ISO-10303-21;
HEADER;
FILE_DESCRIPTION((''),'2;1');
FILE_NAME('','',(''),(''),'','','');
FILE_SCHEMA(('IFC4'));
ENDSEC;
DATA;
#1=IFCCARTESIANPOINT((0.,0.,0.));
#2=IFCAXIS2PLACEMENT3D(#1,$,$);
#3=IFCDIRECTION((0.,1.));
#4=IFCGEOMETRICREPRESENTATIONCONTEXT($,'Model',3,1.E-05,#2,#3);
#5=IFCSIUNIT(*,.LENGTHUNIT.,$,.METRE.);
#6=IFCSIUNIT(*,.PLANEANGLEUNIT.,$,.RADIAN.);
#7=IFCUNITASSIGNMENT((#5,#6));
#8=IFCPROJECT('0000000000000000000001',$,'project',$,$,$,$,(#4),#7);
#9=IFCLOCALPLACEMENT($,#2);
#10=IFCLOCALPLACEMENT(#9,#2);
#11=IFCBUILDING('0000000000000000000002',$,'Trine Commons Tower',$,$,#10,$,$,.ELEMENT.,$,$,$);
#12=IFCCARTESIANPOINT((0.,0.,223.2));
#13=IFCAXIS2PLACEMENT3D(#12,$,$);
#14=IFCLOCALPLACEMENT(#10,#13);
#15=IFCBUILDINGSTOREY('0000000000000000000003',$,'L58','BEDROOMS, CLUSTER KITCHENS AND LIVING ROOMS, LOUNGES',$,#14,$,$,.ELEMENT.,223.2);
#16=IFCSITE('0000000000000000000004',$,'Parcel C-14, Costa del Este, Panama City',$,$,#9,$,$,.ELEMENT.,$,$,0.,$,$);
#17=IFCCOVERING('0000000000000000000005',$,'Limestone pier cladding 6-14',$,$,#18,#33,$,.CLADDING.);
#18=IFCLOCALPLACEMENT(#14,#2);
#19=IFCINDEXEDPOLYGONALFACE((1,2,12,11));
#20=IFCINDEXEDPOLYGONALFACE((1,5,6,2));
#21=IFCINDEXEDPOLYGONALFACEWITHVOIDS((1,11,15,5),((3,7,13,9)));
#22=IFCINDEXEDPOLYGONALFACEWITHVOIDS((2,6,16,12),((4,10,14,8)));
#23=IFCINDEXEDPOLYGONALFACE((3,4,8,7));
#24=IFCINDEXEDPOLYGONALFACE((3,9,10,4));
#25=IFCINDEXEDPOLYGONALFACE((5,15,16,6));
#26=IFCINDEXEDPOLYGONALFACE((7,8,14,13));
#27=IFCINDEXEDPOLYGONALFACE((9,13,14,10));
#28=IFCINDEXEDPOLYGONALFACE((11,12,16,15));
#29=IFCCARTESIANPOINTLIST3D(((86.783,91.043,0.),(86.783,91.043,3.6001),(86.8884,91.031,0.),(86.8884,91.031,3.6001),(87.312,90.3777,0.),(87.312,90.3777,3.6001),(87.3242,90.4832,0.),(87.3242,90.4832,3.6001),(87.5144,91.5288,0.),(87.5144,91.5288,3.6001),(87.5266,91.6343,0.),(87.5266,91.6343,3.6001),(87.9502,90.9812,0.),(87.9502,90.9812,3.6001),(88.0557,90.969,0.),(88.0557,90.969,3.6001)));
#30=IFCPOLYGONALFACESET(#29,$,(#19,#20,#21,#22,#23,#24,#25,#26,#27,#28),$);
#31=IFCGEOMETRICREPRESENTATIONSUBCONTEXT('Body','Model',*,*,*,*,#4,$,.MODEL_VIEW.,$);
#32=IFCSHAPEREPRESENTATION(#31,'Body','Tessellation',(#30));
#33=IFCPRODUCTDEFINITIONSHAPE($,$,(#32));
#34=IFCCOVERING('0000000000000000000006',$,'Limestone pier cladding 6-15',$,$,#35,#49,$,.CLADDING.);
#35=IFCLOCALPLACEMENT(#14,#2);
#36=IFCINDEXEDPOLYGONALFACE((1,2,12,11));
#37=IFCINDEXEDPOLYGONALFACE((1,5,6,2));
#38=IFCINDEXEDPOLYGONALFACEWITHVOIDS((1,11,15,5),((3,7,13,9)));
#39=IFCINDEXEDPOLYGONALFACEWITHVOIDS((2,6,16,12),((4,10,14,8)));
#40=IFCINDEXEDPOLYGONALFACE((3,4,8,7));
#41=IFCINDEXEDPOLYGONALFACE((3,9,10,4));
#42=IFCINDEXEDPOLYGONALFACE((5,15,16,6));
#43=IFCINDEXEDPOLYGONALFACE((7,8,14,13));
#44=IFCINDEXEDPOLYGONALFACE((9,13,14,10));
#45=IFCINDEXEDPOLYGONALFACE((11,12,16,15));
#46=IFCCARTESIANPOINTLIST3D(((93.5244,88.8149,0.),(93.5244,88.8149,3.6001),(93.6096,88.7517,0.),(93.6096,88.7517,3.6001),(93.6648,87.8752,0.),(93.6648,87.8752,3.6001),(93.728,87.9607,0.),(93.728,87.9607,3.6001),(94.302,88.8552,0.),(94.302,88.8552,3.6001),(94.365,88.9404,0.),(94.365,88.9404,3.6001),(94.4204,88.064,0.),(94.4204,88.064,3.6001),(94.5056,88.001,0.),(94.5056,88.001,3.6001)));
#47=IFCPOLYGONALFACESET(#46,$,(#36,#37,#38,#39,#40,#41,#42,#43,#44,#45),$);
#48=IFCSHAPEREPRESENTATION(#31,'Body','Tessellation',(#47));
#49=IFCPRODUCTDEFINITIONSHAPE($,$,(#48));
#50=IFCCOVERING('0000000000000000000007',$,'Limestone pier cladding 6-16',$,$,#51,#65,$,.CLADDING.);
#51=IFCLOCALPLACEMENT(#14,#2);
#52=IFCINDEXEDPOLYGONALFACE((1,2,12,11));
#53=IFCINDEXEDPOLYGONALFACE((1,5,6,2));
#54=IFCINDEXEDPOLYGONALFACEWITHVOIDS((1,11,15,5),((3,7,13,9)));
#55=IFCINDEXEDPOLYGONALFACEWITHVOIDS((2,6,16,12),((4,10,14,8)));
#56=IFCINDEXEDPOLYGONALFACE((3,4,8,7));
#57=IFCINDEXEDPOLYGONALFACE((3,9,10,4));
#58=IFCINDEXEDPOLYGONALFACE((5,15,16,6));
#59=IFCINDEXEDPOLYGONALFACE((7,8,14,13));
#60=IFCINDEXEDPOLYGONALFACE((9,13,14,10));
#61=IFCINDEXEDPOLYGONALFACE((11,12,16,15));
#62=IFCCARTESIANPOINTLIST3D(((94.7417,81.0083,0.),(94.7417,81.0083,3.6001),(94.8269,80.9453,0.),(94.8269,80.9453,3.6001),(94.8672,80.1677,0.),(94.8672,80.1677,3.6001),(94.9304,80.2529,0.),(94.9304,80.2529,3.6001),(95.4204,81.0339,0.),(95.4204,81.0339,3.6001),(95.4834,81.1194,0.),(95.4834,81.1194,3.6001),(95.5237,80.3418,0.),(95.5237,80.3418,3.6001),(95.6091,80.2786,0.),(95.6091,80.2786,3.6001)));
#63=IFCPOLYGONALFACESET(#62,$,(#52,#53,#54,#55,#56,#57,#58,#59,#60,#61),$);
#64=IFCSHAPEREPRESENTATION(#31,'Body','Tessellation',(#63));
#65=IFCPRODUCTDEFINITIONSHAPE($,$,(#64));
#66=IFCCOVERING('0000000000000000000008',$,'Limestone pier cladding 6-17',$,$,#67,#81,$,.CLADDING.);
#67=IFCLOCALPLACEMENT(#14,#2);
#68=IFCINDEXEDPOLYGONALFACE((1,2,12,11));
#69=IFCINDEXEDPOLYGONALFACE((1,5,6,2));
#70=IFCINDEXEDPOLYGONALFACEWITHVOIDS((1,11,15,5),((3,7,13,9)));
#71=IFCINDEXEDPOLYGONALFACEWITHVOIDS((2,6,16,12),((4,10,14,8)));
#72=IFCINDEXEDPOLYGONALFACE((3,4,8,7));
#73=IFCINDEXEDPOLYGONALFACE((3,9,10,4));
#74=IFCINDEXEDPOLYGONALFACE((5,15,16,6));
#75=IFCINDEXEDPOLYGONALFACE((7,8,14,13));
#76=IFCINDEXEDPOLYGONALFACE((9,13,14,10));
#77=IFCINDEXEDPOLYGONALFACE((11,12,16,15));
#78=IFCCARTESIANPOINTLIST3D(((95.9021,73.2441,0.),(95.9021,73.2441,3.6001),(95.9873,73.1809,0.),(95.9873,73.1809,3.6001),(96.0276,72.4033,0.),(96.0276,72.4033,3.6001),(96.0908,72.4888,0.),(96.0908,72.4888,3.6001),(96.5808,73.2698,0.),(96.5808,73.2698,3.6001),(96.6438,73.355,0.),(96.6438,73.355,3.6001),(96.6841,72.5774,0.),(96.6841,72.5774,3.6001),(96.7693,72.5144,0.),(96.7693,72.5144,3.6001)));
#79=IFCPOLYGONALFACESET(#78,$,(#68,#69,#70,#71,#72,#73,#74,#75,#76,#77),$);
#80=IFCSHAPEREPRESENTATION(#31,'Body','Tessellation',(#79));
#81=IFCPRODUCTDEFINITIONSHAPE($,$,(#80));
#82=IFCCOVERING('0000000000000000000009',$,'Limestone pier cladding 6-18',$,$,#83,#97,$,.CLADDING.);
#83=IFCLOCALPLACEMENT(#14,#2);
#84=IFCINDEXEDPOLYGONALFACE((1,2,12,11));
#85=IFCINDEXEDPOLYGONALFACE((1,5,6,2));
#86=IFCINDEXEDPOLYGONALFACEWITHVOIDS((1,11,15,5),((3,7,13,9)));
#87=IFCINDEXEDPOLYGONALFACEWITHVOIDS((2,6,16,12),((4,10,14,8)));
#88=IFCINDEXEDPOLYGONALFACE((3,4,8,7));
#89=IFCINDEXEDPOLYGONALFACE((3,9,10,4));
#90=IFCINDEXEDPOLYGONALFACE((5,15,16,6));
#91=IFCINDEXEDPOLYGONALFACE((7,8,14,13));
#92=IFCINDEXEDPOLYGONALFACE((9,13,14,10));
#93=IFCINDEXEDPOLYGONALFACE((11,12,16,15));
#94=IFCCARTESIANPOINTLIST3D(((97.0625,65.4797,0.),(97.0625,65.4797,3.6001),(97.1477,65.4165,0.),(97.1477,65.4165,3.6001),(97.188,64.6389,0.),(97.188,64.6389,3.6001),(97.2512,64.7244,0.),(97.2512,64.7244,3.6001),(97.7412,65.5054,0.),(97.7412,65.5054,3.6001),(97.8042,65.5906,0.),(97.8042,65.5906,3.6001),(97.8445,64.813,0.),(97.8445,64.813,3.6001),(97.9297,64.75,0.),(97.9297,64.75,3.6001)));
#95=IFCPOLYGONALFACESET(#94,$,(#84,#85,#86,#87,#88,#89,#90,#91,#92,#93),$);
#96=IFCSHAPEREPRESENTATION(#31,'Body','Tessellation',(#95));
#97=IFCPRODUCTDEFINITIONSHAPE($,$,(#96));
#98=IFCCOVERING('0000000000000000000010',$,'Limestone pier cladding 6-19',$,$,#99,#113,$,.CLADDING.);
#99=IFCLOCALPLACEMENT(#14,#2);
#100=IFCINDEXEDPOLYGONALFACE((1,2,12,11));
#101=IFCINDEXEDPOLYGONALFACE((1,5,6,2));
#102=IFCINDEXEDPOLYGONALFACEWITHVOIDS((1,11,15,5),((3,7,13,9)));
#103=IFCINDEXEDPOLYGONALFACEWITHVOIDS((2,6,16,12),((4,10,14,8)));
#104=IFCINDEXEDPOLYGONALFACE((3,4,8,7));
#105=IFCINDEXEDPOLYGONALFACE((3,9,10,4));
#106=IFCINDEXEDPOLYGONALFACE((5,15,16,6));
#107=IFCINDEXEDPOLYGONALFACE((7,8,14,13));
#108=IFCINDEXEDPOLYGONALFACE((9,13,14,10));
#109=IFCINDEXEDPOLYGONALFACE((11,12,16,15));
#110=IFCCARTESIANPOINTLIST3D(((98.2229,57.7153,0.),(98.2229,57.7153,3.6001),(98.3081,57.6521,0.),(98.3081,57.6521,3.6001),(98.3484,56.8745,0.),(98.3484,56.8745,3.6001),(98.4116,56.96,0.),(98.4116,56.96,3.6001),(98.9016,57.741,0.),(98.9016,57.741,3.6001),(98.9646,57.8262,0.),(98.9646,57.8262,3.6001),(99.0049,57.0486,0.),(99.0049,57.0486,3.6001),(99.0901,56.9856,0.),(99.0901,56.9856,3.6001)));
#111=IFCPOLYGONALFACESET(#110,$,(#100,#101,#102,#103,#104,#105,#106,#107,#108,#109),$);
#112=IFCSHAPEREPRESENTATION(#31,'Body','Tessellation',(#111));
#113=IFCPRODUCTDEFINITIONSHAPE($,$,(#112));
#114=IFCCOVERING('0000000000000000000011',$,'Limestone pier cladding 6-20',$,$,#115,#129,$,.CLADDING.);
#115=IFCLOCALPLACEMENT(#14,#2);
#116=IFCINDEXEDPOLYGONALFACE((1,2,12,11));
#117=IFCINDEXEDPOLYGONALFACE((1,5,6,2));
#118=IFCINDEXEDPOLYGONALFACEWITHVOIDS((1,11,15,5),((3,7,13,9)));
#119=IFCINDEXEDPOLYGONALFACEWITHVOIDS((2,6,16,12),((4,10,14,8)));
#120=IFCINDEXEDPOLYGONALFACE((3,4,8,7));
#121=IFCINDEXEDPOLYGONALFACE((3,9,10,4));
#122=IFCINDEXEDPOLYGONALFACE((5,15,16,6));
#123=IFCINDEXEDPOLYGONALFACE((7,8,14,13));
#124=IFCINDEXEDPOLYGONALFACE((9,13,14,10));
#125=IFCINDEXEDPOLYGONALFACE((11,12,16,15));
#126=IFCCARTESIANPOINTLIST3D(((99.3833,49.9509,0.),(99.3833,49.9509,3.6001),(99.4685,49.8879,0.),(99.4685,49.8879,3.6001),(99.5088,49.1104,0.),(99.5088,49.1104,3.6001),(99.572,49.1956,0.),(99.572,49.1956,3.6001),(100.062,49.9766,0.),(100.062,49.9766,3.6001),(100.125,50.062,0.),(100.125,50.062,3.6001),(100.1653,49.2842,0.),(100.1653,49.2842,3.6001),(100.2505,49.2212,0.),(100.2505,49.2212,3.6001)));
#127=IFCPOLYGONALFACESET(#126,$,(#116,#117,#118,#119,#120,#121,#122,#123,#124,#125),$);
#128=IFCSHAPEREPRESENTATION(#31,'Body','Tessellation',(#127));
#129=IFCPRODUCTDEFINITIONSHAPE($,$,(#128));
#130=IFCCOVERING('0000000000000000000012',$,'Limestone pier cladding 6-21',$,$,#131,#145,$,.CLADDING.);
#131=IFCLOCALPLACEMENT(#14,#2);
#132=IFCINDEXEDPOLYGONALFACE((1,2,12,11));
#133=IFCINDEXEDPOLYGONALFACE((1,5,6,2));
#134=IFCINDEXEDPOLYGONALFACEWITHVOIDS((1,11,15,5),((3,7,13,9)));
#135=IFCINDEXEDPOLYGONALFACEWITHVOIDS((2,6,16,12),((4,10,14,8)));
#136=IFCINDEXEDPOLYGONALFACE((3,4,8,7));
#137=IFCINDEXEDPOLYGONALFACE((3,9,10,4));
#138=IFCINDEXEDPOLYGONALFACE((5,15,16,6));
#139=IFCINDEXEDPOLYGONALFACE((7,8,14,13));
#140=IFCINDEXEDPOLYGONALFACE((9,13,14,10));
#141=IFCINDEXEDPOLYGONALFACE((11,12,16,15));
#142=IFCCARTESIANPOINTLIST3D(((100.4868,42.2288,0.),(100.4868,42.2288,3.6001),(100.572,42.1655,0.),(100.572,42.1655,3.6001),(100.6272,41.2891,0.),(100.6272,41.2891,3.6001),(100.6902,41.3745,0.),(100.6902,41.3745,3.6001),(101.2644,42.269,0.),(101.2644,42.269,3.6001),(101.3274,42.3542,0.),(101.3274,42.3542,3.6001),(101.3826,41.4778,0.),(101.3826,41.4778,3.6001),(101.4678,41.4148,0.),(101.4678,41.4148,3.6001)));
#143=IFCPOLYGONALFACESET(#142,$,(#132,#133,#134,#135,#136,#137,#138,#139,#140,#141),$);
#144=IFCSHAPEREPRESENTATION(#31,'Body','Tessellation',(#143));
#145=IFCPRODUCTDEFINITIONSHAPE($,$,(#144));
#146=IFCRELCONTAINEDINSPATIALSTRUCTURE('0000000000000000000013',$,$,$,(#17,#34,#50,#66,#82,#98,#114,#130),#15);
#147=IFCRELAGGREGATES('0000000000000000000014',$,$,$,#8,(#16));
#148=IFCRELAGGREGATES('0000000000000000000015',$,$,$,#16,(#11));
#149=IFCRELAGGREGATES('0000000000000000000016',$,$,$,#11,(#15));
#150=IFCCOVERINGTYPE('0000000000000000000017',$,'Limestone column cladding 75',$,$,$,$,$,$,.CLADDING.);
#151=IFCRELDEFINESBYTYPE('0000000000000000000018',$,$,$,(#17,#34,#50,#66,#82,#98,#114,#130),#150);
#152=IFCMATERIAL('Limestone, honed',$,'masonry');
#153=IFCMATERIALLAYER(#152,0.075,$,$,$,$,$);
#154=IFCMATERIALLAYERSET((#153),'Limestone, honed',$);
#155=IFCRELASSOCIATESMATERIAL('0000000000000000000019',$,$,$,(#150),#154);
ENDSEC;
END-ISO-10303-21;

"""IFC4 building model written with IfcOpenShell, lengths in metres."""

from ifc_helpers import new_model, si_unit, direction, frame, origin, place, context, subcontext, project, spatial, polyline, outline, extrude, material, layer, layer_set, type_object, element, save


model = new_model("IFC4")

# Units and contexts
model_context = context("Model", 3, precision=1e-05, world=origin(), true_north=direction((0.0, 1.0)))
body_context = subcontext(model_context, "Body", "Model", "MODEL_VIEW")
ifc_project = project(units=[si_unit("LENGTHUNIT", "METRE"), si_unit("PLANEANGLEUNIT", "RADIAN")], contexts=[model_context])

# Site, building, storey
site_placement = place(None, origin())
site = spatial("IfcSite", under=ifc_project, at=site_placement, Name="Parcel C-14, Costa del Este, Panama City", CompositionType="ELEMENT", RefElevation=0.0)
building_placement = place(site_placement, origin())
building = spatial("IfcBuilding", under=site, at=building_placement, Name="Trine Commons Tower", CompositionType="ELEMENT")
storey_placement = place(building_placement, frame((0.0, 0.0, 223.2)))
storey = spatial("IfcBuildingStorey", under=building, at=storey_placement, Name="L58", Description="BEDROOMS, CLUSTER KITCHENS AND LIVING ROOMS, LOUNGES", CompositionType="ELEMENT", Elevation=223.2)

# Coverings
ifc_material_1 = material(Name="Limestone, honed", Category="masonry")
ifc_layer_1 = layer(ifc_material_1, 0.075)
ifc_layer_set_1 = layer_set([ifc_layer_1], Name="Limestone, honed")
covering_type_1 = type_object("IfcCoveringType", Name="Limestone column cladding 75", PredefinedType="CLADDING", material=ifc_layer_set_1)
covering_1_placement = place(storey_placement, origin())
element("IfcCovering", 1, at=covering_1_placement, inside=storey, type_object=covering_type_1, Name="Limestone pier cladding 6-14", PredefinedType="CLADDING", context=body_context, shape_type="SweptSolid", body=[
    extrude(outline(polyline([(88.0557, 90.969), (87.5266, 91.6343), (86.783, 91.043), (87.312, 90.3777), (88.0557, 90.969)]), holes=[polyline([(87.9502, 90.9812), (87.5144, 91.5288), (86.8884, 91.031), (87.3242, 90.4832), (87.9502, 90.9812)])]), origin(), (0.0, 0.0, 1.0), 3.6001),
])
covering_2_placement = place(storey_placement, origin())
element("IfcCovering", 2, at=covering_2_placement, inside=storey, type_object=covering_type_1, Name="Limestone pier cladding 6-15", PredefinedType="CLADDING", context=body_context, shape_type="SweptSolid", body=[
    extrude(outline(polyline([(94.365, 88.9404), (93.5244, 88.8149), (93.6648, 87.8752), (94.5056, 88.001), (94.365, 88.9404)]), holes=[polyline([(94.302, 88.8552), (93.6096, 88.7517), (93.728, 87.9607), (94.4204, 88.064), (94.302, 88.8552)])]), origin(), (0.0, 0.0, 1.0), 3.6001),
])
covering_3_placement = place(storey_placement, origin())
element("IfcCovering", 3, at=covering_3_placement, inside=storey, type_object=covering_type_1, Name="Limestone pier cladding 6-16", PredefinedType="CLADDING", context=body_context, shape_type="SweptSolid", body=[
    extrude(outline(polyline([(95.4834, 81.1194), (94.7417, 81.0083), (94.8672, 80.1677), (95.6091, 80.2786), (95.4834, 81.1194)]), holes=[polyline([(95.4204, 81.0339), (94.8269, 80.9453), (94.9304, 80.2529), (95.5237, 80.3418), (95.4204, 81.0339)])]), origin(), (0.0, 0.0, 1.0), 3.6001),
])
covering_4_placement = place(storey_placement, origin())
element("IfcCovering", 4, at=covering_4_placement, inside=storey, type_object=covering_type_1, Name="Limestone pier cladding 6-17", PredefinedType="CLADDING", context=body_context, shape_type="SweptSolid", body=[
    extrude(outline(polyline([(96.6438, 73.355), (95.9021, 73.2441), (96.0276, 72.4033), (96.7693, 72.5144), (96.6438, 73.355)]), holes=[polyline([(96.5808, 73.2698), (95.9873, 73.1809), (96.0908, 72.4888), (96.6841, 72.5774), (96.5808, 73.2698)])]), origin(), (0.0, 0.0, 1.0), 3.6001),
])
covering_5_placement = place(storey_placement, origin())
element("IfcCovering", 5, at=covering_5_placement, inside=storey, type_object=covering_type_1, Name="Limestone pier cladding 6-18", PredefinedType="CLADDING", context=body_context, shape_type="SweptSolid", body=[
    extrude(outline(polyline([(97.8042, 65.5906), (97.0625, 65.4797), (97.188, 64.6389), (97.9297, 64.75), (97.8042, 65.5906)]), holes=[polyline([(97.7412, 65.5054), (97.1477, 65.4165), (97.2512, 64.7244), (97.8445, 64.813), (97.7412, 65.5054)])]), origin(), (0.0, 0.0, 1.0), 3.6001),
])
covering_6_placement = place(storey_placement, origin())
element("IfcCovering", 6, at=covering_6_placement, inside=storey, type_object=covering_type_1, Name="Limestone pier cladding 6-19", PredefinedType="CLADDING", context=body_context, shape_type="SweptSolid", body=[
    extrude(outline(polyline([(98.9646, 57.8262), (98.2229, 57.7153), (98.3484, 56.8745), (99.0901, 56.9856), (98.9646, 57.8262)]), holes=[polyline([(98.9016, 57.741), (98.3081, 57.6521), (98.4116, 56.96), (99.0049, 57.0486), (98.9016, 57.741)])]), origin(), (0.0, 0.0, 1.0), 3.6001),
])
covering_7_placement = place(storey_placement, origin())
element("IfcCovering", 7, at=covering_7_placement, inside=storey, type_object=covering_type_1, Name="Limestone pier cladding 6-20", PredefinedType="CLADDING", context=body_context, shape_type="SweptSolid", body=[
    extrude(outline(polyline([(100.125, 50.062), (99.3833, 49.9509), (99.5088, 49.1104), (100.2505, 49.2212), (100.125, 50.062)]), holes=[polyline([(100.062, 49.9766), (99.4685, 49.8879), (99.572, 49.1956), (100.1653, 49.2842), (100.062, 49.9766)])]), origin(), (0.0, 0.0, 1.0), 3.6001),
])
covering_8_placement = place(storey_placement, origin())
element("IfcCovering", 8, at=covering_8_placement, inside=storey, type_object=covering_type_1, Name="Limestone pier cladding 6-21", PredefinedType="CLADDING", context=body_context, shape_type="SweptSolid", body=[
    extrude(outline(polyline([(101.3274, 42.3542), (100.4868, 42.2288), (100.6272, 41.2891), (101.4678, 41.4148), (101.3274, 42.3542)]), holes=[polyline([(101.2644, 42.269), (100.572, 42.1655), (100.6902, 41.3745), (101.3826, 41.4778), (101.2644, 42.269)])]), origin(), (0.0, 0.0, 1.0), 3.6001),
])

save(model, "model.ifc")
